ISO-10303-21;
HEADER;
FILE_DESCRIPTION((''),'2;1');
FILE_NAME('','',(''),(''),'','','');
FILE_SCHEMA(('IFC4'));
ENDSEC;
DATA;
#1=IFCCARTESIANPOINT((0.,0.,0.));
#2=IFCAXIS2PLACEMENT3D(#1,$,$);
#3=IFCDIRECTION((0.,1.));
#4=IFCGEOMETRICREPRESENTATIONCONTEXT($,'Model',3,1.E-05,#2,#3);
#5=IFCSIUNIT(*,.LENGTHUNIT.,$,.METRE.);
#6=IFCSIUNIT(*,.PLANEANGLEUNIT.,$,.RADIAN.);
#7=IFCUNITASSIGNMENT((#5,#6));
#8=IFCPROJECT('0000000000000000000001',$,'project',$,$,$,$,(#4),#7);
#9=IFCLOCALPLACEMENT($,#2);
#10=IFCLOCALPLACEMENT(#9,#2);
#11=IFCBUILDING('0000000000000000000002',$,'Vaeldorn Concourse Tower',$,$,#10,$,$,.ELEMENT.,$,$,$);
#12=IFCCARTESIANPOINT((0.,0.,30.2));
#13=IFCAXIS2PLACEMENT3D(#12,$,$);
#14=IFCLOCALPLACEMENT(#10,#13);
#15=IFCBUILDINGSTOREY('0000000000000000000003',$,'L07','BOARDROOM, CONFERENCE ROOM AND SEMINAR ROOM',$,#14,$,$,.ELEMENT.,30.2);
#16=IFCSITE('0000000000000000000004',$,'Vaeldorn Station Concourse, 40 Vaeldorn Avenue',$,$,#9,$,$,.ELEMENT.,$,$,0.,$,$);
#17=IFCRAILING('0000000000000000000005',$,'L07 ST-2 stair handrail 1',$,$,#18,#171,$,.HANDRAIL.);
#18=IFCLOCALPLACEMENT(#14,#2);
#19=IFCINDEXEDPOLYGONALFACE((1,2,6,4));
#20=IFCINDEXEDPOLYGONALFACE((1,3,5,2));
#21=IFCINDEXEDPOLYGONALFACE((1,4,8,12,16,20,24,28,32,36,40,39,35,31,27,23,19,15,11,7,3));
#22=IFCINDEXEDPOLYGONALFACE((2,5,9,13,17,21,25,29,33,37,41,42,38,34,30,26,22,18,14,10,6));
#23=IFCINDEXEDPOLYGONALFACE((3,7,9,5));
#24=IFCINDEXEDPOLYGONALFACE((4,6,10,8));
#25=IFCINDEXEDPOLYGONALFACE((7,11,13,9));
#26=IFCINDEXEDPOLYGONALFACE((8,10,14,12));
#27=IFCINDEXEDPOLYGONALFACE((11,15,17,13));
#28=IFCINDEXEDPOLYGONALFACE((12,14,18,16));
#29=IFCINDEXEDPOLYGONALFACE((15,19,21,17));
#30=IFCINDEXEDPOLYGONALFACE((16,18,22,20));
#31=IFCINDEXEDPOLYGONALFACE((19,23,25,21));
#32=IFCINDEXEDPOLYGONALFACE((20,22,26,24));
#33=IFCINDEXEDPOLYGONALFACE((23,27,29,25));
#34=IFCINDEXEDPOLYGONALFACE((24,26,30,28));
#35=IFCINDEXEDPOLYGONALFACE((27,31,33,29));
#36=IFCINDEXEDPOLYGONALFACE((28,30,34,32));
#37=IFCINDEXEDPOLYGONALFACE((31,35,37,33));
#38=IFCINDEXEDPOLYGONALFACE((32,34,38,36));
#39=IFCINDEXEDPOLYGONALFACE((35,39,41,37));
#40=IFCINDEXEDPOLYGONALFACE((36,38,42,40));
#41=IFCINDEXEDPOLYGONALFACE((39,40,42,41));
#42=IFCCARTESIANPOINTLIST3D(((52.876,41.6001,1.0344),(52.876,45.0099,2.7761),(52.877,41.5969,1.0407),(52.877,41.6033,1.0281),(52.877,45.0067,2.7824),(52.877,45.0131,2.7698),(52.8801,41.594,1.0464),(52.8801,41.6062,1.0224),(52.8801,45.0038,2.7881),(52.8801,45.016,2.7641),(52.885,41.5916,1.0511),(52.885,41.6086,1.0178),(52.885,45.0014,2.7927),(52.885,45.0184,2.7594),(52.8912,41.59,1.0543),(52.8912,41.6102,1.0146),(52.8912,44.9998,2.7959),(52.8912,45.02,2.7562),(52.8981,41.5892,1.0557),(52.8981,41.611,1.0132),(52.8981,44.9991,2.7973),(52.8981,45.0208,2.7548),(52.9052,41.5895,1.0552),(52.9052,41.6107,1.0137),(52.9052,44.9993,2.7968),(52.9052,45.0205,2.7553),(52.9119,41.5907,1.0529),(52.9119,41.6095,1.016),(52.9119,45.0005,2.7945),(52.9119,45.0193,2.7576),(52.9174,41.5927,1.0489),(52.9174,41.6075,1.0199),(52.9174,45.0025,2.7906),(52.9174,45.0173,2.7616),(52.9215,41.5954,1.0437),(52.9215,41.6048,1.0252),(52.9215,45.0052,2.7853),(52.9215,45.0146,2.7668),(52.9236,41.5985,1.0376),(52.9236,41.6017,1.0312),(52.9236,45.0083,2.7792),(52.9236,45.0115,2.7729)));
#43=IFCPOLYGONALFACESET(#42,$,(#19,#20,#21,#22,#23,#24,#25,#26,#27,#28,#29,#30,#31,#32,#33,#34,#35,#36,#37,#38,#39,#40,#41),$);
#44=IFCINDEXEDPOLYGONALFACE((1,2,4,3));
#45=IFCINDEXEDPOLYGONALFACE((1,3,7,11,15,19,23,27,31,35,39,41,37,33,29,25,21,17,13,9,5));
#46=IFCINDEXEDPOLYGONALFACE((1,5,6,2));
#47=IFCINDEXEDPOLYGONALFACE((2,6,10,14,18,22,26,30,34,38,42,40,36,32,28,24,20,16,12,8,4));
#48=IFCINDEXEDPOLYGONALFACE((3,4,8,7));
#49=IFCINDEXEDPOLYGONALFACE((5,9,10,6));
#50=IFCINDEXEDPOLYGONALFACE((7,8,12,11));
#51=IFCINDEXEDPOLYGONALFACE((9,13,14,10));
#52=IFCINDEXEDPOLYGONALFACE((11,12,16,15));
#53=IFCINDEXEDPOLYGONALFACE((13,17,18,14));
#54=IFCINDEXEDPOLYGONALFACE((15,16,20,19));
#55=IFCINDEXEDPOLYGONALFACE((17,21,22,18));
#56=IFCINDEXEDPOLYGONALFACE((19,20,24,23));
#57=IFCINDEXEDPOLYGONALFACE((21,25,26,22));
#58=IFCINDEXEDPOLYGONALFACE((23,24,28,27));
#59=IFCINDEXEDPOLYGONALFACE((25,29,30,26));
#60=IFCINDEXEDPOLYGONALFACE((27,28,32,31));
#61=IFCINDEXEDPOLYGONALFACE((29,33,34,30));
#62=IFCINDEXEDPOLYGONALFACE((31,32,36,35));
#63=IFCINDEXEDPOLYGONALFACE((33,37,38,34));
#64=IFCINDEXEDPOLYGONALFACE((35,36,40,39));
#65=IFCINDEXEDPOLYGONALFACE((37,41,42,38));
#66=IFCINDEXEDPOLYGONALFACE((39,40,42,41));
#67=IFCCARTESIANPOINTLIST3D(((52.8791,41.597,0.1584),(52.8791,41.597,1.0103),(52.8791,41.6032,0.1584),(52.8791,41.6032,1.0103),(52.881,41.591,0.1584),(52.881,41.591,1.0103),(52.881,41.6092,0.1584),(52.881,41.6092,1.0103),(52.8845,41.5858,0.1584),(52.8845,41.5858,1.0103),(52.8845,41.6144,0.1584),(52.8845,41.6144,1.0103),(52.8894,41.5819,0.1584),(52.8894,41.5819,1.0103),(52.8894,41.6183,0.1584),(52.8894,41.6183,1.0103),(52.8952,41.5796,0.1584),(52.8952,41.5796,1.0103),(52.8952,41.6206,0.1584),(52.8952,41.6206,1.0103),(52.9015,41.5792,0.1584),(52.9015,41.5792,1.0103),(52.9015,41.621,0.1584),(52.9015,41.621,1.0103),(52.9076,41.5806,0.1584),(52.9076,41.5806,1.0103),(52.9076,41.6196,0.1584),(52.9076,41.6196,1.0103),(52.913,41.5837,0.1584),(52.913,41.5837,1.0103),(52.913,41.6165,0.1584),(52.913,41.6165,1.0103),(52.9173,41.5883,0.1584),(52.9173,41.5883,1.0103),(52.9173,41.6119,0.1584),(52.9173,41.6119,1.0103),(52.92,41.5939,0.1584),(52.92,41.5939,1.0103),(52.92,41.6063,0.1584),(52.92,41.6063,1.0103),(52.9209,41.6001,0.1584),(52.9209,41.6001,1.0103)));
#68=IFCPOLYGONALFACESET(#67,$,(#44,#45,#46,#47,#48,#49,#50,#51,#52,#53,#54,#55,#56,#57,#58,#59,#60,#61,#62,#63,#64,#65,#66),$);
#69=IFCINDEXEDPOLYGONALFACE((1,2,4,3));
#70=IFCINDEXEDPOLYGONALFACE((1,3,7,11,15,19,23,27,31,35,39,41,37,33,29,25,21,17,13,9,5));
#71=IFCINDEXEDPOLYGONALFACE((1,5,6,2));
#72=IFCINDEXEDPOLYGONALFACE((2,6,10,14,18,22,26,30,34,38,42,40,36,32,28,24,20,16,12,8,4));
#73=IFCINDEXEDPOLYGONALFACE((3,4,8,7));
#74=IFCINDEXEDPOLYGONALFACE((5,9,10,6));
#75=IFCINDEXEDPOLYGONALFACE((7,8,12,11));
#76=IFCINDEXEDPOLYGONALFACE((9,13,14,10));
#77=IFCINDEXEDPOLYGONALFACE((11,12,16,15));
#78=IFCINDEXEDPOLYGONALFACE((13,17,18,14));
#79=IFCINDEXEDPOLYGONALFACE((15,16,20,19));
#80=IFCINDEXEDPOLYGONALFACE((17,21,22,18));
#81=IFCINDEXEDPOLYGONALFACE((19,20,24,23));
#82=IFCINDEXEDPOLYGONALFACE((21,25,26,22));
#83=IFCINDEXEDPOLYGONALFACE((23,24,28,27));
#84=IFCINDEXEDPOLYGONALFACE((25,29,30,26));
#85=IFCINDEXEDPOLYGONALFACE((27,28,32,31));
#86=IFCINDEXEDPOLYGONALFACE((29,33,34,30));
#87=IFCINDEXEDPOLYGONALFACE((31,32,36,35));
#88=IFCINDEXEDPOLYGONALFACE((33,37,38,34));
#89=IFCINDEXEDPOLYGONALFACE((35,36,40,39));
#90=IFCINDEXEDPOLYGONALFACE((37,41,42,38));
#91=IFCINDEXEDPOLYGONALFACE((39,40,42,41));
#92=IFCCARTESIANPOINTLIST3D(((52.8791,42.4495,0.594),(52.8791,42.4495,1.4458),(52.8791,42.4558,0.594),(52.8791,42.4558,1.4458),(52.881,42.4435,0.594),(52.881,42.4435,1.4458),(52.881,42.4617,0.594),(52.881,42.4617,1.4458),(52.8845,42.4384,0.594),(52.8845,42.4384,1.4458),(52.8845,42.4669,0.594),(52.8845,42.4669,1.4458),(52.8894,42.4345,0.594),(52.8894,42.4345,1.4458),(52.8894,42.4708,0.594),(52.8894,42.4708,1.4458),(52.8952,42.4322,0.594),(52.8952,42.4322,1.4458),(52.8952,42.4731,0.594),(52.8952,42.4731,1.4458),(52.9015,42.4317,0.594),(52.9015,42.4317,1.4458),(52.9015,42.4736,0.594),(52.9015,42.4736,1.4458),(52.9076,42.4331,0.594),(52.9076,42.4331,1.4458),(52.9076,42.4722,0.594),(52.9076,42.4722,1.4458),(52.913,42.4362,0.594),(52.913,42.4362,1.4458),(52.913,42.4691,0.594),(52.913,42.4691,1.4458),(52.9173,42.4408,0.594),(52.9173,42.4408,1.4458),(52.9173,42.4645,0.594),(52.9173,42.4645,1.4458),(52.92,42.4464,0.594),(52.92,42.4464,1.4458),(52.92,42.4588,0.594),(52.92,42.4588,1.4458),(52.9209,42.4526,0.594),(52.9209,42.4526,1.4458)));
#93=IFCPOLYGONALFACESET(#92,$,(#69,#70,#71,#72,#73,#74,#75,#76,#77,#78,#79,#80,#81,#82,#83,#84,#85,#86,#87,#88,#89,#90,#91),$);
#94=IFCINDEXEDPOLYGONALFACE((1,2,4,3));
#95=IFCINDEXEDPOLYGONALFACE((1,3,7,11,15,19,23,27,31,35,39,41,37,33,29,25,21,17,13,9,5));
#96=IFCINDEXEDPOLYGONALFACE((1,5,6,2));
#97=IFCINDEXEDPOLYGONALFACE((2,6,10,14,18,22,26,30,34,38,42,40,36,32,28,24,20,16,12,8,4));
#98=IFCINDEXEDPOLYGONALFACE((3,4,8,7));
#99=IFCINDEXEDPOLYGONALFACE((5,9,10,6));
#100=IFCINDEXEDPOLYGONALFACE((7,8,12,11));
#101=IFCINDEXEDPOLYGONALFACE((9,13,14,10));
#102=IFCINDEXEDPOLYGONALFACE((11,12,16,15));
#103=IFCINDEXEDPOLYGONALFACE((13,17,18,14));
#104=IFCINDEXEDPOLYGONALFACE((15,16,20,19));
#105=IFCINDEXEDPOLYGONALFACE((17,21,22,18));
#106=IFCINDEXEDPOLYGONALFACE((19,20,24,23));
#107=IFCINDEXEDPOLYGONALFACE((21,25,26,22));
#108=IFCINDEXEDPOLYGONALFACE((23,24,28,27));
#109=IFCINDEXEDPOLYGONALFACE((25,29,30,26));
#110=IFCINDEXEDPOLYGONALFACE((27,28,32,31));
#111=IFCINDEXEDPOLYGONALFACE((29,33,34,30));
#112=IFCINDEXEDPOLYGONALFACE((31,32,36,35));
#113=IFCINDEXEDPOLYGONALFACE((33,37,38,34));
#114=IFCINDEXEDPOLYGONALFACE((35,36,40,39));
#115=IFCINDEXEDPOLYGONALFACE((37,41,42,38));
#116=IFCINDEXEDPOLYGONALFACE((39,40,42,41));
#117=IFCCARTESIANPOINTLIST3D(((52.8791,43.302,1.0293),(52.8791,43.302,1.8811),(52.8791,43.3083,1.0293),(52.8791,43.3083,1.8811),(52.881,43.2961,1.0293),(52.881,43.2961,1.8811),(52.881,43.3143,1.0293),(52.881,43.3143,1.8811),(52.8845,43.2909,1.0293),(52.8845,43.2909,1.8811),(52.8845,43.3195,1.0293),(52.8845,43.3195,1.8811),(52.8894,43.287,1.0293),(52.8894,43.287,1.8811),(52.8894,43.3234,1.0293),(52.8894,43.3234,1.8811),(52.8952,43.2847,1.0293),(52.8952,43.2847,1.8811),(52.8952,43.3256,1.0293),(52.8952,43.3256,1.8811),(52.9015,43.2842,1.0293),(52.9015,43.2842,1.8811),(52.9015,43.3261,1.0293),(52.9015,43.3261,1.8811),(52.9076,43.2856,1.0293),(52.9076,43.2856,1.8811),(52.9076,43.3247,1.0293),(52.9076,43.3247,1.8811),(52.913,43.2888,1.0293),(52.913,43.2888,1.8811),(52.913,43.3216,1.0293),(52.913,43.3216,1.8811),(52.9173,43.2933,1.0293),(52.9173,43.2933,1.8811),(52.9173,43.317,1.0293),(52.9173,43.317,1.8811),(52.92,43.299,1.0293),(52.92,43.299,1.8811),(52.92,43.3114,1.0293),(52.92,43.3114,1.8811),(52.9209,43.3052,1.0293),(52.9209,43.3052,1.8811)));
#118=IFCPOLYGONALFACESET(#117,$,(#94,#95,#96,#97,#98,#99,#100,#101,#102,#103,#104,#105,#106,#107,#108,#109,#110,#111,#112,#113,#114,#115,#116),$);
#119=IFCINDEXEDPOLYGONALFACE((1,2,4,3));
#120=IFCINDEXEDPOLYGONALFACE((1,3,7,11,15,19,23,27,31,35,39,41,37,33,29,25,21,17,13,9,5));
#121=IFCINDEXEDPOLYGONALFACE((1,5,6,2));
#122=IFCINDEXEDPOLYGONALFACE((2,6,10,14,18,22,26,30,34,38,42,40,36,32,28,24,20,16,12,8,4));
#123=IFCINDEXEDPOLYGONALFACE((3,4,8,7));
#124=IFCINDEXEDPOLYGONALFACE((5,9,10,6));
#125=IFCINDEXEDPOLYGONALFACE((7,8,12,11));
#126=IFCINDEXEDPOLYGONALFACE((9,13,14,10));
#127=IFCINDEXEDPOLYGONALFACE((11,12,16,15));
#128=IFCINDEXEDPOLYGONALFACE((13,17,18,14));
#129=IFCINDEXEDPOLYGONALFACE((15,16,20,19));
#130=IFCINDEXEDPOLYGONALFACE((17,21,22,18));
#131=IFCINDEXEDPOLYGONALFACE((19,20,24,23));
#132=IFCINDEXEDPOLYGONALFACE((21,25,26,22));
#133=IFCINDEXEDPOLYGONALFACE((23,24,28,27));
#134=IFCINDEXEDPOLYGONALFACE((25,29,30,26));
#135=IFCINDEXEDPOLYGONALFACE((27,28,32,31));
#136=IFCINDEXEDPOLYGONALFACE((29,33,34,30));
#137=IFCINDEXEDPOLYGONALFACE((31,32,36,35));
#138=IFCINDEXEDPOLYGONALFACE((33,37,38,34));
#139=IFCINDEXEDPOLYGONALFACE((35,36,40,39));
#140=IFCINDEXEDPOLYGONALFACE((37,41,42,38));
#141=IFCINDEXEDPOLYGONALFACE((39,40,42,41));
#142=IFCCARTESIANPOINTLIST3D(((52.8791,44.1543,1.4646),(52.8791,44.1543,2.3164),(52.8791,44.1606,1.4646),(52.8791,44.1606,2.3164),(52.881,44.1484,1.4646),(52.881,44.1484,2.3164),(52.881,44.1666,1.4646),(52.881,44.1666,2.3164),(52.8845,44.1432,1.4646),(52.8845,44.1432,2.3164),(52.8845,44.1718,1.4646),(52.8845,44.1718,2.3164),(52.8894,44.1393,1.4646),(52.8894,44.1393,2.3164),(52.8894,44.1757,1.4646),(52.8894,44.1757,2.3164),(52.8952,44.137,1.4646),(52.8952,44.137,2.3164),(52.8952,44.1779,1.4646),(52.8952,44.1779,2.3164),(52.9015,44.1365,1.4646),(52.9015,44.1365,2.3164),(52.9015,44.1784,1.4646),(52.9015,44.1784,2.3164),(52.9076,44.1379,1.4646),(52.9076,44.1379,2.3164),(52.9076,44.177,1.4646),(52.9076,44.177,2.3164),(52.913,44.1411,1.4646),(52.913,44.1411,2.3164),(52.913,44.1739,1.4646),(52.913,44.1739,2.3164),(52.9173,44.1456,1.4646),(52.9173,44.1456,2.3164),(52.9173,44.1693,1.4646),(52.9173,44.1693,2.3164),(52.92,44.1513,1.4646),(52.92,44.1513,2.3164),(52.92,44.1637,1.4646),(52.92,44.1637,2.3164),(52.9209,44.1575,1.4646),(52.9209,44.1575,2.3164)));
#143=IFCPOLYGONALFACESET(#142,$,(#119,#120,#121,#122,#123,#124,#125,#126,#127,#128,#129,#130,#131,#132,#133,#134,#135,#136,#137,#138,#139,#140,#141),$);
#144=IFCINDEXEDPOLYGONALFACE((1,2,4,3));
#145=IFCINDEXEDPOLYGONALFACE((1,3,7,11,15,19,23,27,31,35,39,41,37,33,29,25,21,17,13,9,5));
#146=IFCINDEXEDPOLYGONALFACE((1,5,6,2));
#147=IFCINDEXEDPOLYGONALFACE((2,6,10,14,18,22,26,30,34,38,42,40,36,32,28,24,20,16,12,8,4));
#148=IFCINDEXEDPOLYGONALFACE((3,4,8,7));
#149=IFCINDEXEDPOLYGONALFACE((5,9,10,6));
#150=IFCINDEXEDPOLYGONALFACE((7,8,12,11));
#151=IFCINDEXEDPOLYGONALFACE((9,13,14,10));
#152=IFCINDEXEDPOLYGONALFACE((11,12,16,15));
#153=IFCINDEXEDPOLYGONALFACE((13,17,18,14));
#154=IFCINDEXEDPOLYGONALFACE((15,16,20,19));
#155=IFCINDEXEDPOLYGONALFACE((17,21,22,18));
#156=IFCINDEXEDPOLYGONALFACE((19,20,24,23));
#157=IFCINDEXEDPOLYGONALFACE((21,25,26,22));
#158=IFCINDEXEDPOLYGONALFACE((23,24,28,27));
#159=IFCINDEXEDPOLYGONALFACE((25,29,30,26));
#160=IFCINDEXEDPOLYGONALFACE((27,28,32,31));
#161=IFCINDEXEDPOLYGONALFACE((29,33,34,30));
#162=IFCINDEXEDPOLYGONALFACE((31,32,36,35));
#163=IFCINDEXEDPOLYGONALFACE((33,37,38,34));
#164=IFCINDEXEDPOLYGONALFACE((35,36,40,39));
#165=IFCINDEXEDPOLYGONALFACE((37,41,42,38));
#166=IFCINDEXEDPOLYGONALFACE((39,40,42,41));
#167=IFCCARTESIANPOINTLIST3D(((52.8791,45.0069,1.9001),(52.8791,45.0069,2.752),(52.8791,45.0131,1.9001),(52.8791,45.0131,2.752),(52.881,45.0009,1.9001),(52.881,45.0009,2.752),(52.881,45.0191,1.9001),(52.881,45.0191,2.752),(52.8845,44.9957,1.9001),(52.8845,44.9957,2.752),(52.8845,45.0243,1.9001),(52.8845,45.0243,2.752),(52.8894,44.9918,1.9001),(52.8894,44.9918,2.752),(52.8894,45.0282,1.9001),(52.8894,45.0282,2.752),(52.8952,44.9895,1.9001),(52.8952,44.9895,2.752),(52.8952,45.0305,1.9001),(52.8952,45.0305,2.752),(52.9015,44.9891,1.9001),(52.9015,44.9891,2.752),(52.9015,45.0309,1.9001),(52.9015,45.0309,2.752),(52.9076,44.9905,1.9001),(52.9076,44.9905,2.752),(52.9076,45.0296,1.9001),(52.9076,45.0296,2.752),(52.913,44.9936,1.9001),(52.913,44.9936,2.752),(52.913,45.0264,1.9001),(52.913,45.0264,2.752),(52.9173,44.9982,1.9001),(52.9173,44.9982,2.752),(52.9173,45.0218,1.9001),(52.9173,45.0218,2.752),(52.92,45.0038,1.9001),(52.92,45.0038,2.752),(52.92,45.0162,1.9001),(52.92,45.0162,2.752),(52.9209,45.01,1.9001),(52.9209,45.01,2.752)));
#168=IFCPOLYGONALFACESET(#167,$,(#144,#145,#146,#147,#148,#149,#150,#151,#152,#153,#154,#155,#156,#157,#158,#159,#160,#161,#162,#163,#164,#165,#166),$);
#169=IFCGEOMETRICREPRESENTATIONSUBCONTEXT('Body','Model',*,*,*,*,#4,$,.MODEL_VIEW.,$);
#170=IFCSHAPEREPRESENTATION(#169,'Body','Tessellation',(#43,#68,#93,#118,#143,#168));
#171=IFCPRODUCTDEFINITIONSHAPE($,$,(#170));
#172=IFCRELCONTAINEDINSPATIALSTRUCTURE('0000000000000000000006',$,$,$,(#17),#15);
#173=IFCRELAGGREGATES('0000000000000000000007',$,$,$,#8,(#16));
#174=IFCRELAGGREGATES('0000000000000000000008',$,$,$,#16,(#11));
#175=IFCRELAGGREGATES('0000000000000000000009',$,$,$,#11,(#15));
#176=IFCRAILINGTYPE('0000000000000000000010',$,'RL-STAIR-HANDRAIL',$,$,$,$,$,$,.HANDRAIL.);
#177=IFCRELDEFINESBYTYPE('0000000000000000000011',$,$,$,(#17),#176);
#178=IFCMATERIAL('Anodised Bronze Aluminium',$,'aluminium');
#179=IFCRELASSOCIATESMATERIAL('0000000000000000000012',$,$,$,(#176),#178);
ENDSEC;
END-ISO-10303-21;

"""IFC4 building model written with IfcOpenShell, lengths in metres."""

from ifc_helpers import new_model, si_unit, direction, frame, origin, origin_2d, place, context, subcontext, project, spatial, circle, extrude, material, type_object, element, save


model = new_model("IFC4")

# Units and contexts
model_context = context("Model", 3, precision=1e-05, world=origin(), true_north=direction((0.0, 1.0)))
body_context = subcontext(model_context, "Body", "Model", "MODEL_VIEW")
ifc_project = project(units=[si_unit("LENGTHUNIT", "METRE"), si_unit("PLANEANGLEUNIT", "RADIAN")], contexts=[model_context])

# Site, building, storey
site_placement = place(None, origin())
site = spatial("IfcSite", under=ifc_project, at=site_placement, Name="Vaeldorn Station Concourse, 40 Vaeldorn Avenue", CompositionType="ELEMENT", RefElevation=0.0)
building_placement = place(site_placement, origin())
building = spatial("IfcBuilding", under=site, at=building_placement, Name="Vaeldorn Concourse Tower", CompositionType="ELEMENT")
storey_placement = place(building_placement, frame((0.0, 0.0, 30.2)))
storey = spatial("IfcBuildingStorey", under=building, at=storey_placement, Name="L07", Description="BOARDROOM, CONFERENCE ROOM AND SEMINAR ROOM", CompositionType="ELEMENT", Elevation=30.2)

# Shared definitions
ifc_material_1 = material(Name="Anodised Bronze Aluminium", Category="aluminium")

# Railing
railing_type_1 = type_object("IfcRailingType", Name="RL-STAIR-HANDRAIL", PredefinedType="HANDRAIL", material=ifc_material_1)
railing_1_placement = place(storey_placement, frame((52.8999, 41.6001, 0.1584)))
element("IfcRailing", 1, at=railing_1_placement, inside=storey, type_object=railing_type_1, Name="L07 ST-2 stair handrail 1", PredefinedType="HANDRAIL", context=body_context, shape_type="SweptSolid", body=[
    extrude(circle(Radius=0.0239, at=origin_2d()), frame((0.0, 0.0, 0.876), z_axis=(0.0, 0.890556, 0.454874), x_axis=(-1.0, 0.0, 0.0)), (0.0, 0.0, 1.0), 3.8289),
    extrude(circle(Radius=0.021, at=origin_2d()), origin(), (0.0, 0.0, 1.0), 0.8518),
    extrude(circle(Radius=0.021, at=origin_2d()), frame((0.0, 0.8525, 0.4355)), (0.0, 0.0, 1.0), 0.8518),
    extrude(circle(Radius=0.021, at=origin_2d()), frame((0.0, 1.7051, 0.8708)), (0.0, 0.0, 1.0), 0.8518),
    extrude(circle(Radius=0.021, at=origin_2d()), frame((0.0, 2.5574, 1.3062)), (0.0, 0.0, 1.0), 0.8518),
    extrude(circle(Radius=0.021, at=origin_2d()), frame((0.0, 3.4099, 1.7417)), (0.0, 0.0, 1.0), 0.8518),
])

save(model, "model.ifc")
